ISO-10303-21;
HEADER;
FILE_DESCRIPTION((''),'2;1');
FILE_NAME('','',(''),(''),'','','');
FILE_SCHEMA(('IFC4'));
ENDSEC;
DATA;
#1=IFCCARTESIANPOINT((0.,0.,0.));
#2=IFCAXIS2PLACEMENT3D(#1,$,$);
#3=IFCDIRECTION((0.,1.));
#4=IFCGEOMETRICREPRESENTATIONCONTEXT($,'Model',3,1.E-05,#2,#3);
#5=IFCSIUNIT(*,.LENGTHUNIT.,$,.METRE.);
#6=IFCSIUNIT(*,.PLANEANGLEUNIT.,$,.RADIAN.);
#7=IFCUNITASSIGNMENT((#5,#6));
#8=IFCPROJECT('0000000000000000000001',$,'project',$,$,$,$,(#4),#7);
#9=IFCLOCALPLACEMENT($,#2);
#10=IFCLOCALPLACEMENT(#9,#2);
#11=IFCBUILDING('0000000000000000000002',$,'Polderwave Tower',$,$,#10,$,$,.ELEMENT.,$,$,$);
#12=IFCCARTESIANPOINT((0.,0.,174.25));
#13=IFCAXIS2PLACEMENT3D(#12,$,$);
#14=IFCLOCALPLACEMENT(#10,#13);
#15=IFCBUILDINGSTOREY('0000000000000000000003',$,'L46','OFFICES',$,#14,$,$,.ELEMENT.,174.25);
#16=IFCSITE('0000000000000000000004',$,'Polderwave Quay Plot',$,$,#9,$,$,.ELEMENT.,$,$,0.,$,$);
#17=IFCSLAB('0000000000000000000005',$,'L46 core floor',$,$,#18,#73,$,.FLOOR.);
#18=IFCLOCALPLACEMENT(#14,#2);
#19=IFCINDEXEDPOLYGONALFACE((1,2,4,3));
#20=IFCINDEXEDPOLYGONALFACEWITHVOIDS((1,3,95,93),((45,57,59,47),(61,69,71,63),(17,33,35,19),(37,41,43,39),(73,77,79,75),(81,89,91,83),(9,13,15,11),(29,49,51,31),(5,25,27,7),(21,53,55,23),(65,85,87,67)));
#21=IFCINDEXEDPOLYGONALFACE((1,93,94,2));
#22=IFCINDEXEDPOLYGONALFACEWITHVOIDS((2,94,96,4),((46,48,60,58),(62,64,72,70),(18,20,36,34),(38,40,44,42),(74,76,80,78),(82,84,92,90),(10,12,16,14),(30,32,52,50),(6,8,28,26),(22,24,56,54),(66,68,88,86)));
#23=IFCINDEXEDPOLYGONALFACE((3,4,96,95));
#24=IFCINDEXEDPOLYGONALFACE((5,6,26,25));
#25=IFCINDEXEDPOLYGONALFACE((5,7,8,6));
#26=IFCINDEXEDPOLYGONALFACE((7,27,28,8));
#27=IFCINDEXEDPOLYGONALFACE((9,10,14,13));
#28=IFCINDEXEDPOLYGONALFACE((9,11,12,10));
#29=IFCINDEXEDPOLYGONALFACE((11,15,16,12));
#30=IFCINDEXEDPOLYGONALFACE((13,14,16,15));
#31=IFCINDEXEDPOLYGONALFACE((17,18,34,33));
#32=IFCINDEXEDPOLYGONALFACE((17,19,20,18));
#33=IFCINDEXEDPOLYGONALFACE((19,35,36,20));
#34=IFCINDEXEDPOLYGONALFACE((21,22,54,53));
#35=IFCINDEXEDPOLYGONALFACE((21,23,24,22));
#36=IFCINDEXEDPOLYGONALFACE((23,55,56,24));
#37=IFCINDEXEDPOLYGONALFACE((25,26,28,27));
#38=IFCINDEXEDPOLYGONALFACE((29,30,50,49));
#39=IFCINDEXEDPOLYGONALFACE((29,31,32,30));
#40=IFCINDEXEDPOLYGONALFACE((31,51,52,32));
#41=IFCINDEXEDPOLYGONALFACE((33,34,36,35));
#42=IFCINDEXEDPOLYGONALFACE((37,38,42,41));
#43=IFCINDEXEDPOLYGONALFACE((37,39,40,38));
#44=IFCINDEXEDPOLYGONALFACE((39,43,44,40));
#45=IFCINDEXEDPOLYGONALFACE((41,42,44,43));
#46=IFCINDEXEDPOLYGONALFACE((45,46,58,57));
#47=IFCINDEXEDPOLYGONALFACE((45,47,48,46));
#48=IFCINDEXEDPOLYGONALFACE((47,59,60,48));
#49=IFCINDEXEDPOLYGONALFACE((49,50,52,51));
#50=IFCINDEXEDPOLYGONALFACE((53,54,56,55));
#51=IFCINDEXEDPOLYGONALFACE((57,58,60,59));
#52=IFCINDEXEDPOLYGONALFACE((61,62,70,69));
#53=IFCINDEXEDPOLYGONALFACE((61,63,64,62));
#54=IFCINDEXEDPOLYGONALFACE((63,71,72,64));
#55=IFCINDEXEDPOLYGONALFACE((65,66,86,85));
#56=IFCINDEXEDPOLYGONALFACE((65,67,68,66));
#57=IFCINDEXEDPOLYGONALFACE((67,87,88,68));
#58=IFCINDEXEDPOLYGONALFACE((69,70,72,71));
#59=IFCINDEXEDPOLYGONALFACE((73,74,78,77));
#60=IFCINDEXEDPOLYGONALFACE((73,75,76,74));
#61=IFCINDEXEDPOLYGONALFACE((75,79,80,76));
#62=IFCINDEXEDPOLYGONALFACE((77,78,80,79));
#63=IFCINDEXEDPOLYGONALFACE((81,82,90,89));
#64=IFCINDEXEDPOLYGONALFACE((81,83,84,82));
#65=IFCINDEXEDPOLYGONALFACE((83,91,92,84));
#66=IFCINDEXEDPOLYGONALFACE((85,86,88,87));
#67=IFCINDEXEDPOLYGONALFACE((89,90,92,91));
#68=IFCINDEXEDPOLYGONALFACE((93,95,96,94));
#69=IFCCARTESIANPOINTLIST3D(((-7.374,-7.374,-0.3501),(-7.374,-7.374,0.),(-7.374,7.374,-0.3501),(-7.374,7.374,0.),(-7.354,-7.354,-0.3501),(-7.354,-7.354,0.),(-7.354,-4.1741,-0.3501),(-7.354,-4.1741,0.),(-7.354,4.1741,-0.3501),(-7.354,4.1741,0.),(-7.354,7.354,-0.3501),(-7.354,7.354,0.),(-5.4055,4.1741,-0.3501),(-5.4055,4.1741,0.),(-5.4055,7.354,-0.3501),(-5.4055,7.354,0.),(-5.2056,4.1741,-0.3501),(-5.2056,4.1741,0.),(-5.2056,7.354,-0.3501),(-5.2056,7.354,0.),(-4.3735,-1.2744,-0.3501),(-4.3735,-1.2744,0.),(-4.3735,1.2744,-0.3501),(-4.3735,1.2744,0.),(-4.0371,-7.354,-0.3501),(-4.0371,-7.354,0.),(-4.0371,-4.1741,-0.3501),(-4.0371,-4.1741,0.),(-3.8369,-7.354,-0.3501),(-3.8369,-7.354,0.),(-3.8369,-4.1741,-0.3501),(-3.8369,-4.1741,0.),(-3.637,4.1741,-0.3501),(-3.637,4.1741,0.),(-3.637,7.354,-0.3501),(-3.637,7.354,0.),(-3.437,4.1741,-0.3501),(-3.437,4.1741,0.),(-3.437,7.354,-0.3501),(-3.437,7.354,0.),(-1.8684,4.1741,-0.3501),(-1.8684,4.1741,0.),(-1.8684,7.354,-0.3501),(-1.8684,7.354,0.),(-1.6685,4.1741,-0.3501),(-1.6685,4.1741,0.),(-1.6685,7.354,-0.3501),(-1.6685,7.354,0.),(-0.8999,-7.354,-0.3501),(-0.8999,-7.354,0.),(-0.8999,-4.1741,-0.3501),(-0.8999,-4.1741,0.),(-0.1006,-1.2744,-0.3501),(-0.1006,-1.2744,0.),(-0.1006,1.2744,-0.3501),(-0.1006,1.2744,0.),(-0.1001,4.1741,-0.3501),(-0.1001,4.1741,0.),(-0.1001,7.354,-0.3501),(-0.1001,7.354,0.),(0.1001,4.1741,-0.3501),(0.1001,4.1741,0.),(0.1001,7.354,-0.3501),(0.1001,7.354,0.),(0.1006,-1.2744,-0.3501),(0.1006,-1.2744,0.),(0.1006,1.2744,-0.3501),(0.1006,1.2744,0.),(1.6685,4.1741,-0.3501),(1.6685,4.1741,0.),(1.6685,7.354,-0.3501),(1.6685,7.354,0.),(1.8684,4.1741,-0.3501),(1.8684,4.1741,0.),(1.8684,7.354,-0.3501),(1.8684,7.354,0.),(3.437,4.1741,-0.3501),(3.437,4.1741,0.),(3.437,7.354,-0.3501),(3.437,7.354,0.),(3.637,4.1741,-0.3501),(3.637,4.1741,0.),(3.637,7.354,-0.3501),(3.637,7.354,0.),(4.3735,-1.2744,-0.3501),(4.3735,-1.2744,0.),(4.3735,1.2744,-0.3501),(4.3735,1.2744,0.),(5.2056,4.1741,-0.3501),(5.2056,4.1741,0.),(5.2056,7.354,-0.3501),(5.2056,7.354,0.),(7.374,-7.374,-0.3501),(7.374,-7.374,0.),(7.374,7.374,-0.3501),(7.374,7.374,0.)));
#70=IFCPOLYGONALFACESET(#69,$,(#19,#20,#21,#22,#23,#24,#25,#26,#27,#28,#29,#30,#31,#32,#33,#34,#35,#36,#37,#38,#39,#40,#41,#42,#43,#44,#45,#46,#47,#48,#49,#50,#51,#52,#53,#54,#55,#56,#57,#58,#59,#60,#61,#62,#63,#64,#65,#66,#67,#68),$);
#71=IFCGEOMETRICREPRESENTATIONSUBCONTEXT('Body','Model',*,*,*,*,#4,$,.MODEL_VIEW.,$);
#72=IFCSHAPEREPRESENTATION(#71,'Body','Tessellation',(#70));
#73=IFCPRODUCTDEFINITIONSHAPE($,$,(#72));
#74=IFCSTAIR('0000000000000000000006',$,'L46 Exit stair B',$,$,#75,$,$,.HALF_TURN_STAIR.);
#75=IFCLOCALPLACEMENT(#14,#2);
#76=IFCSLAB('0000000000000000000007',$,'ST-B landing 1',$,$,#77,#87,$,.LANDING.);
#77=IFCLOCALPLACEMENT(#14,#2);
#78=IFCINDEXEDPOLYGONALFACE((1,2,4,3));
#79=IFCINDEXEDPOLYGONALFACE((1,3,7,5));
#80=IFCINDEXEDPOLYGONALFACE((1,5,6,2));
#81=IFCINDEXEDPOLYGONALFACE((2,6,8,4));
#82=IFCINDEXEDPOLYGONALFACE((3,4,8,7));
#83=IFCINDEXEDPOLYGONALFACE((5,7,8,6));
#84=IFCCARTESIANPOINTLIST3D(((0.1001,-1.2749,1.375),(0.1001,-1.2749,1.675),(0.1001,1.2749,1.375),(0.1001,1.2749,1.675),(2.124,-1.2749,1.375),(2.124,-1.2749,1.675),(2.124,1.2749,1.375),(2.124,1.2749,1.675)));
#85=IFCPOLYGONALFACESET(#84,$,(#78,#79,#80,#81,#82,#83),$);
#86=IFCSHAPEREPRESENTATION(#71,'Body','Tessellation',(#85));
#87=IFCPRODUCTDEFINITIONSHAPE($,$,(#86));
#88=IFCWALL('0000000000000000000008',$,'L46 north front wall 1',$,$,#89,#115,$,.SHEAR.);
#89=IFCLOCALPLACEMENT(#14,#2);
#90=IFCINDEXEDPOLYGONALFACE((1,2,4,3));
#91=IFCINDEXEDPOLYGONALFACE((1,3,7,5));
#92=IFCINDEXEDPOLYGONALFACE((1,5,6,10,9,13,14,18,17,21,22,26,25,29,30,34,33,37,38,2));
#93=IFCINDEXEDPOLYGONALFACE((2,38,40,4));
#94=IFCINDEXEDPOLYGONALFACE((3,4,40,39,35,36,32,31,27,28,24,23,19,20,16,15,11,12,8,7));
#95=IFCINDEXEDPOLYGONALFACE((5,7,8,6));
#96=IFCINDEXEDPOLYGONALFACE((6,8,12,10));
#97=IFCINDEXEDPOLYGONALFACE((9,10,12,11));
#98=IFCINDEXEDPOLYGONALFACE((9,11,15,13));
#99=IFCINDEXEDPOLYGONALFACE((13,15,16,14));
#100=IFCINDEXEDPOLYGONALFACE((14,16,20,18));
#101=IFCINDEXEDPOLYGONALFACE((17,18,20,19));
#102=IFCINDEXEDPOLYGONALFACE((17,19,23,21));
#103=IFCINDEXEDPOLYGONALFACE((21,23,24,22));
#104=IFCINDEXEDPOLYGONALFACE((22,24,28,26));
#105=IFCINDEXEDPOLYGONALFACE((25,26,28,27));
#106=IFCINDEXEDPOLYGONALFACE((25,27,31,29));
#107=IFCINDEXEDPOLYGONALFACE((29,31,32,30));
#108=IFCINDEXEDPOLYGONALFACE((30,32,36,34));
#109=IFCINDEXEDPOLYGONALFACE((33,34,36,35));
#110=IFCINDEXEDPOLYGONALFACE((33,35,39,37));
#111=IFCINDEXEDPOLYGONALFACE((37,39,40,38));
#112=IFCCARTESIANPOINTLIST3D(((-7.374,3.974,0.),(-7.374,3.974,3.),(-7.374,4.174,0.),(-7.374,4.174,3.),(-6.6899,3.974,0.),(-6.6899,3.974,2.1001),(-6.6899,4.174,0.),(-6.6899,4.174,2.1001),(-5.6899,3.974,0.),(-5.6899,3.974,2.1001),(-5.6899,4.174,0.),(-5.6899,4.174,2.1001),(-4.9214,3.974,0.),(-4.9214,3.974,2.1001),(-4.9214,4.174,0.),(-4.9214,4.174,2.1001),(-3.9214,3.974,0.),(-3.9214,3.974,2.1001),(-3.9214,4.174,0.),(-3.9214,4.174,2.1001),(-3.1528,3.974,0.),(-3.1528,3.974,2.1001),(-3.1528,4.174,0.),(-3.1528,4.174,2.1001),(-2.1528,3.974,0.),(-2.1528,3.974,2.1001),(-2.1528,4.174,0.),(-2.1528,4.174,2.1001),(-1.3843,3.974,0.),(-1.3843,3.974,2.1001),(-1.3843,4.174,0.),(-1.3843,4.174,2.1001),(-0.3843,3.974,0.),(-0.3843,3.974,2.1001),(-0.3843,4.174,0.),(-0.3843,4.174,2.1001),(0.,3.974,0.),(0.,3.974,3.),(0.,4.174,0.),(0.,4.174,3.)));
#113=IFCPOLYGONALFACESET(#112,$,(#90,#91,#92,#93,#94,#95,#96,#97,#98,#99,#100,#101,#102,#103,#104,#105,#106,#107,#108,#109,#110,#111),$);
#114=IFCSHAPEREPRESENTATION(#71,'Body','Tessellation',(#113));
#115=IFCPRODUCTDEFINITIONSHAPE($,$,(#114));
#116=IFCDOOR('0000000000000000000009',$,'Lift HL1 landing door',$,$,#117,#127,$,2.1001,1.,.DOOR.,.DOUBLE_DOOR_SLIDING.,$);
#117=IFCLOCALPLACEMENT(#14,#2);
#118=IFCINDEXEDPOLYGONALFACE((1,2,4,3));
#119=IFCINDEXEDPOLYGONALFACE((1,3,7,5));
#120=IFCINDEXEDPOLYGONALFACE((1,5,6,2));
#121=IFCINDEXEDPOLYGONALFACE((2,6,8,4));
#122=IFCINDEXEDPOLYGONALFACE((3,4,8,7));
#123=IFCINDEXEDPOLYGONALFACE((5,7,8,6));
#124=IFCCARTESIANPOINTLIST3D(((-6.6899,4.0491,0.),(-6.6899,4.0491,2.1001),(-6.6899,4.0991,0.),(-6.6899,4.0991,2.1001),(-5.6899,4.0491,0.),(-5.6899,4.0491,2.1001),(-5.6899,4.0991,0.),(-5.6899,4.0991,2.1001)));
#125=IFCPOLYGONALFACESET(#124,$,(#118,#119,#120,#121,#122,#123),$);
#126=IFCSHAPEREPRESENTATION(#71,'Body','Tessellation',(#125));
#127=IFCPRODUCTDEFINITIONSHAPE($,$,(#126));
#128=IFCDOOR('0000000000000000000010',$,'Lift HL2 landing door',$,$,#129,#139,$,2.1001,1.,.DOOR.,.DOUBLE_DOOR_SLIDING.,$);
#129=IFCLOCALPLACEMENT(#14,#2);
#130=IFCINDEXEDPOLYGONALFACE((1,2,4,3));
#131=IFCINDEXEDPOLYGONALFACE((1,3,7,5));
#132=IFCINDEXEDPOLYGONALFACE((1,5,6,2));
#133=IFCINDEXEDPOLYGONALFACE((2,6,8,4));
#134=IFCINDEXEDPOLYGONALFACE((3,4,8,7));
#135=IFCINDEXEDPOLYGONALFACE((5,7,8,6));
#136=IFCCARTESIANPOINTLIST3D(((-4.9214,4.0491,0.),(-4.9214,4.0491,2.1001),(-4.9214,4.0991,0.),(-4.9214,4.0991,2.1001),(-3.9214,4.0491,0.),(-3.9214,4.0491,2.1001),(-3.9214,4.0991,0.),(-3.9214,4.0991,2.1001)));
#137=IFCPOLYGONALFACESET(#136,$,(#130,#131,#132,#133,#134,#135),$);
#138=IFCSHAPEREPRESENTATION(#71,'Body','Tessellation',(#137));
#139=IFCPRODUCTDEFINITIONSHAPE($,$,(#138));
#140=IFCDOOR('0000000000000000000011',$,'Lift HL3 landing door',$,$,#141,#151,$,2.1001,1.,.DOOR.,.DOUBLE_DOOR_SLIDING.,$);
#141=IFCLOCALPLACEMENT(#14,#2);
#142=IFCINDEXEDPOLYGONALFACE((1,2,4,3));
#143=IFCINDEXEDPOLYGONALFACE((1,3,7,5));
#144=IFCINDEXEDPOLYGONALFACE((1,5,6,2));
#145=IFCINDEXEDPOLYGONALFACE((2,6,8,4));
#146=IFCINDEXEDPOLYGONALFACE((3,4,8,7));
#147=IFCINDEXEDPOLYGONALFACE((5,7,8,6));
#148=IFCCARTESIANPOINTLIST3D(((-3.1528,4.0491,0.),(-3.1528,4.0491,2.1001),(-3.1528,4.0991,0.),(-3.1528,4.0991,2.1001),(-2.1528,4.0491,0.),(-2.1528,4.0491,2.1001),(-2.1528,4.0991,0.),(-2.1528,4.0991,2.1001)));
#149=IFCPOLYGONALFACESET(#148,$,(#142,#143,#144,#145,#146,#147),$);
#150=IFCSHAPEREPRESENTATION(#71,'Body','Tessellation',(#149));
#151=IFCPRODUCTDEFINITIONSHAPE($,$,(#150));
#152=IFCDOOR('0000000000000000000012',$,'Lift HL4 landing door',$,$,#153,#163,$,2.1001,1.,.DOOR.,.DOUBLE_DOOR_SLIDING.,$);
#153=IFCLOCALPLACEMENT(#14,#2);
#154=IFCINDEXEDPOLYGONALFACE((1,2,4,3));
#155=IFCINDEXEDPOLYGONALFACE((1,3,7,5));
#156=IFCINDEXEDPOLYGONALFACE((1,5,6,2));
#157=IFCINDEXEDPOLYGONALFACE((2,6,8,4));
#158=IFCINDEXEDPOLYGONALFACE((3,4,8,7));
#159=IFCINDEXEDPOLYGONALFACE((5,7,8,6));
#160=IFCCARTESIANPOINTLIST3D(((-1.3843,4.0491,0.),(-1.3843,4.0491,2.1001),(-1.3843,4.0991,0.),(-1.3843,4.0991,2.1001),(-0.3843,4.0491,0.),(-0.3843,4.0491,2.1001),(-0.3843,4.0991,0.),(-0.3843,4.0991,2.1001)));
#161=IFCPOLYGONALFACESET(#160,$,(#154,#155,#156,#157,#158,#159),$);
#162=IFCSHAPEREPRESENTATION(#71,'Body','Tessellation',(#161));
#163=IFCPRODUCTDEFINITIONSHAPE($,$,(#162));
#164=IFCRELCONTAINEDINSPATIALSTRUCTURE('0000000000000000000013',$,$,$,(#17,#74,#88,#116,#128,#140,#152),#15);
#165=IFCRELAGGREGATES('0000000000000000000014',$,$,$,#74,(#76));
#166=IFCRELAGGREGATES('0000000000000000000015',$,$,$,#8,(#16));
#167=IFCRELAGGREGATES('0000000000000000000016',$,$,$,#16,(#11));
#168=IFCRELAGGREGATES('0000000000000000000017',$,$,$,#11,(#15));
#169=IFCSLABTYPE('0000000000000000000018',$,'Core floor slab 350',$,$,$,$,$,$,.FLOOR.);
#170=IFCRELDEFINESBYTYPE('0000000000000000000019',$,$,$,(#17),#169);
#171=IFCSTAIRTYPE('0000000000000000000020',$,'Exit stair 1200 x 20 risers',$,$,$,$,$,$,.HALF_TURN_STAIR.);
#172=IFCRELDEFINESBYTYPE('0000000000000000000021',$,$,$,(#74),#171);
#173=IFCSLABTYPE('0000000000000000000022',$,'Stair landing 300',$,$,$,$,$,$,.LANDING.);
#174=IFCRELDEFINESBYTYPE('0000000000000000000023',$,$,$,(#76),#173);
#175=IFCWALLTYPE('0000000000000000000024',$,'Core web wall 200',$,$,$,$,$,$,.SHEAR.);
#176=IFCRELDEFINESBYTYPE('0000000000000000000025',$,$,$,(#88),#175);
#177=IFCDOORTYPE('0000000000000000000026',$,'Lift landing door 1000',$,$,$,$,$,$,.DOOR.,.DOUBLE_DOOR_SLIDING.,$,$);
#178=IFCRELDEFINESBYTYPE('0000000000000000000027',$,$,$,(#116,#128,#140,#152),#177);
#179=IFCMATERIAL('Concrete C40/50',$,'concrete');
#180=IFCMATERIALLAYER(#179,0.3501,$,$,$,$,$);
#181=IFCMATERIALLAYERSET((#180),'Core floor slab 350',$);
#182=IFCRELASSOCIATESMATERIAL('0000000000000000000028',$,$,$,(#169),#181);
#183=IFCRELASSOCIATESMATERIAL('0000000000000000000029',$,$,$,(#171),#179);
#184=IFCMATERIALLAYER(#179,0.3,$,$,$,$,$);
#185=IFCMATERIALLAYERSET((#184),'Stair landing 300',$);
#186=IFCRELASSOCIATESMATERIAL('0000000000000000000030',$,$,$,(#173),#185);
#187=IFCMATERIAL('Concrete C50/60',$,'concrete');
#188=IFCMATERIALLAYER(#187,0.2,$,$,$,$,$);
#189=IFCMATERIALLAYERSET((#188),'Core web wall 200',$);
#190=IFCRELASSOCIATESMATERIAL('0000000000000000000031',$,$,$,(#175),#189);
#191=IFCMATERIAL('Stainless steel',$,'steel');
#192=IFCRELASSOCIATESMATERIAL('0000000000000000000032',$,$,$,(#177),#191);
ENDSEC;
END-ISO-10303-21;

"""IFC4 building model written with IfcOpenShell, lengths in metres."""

from ifc_helpers import new_model, si_unit, direction, frame, frame_2d, origin, place, context, subcontext, project, spatial, polyline, rectangle, outline, extrude, material, layer, layer_set, type_object, element, fill, aggregate, save


model = new_model("IFC4")

# Units and contexts
model_context = context("Model", 3, precision=1e-05, world=origin(), true_north=direction((0.0, 1.0)))
body_context = subcontext(model_context, "Body", "Model", "MODEL_VIEW")
ifc_project = project(units=[si_unit("LENGTHUNIT", "METRE"), si_unit("PLANEANGLEUNIT", "RADIAN")], contexts=[model_context])

# Site, building, storey
site_placement = place(None, origin())
site = spatial("IfcSite", under=ifc_project, at=site_placement, Name="Polderwave Quay Plot", CompositionType="ELEMENT", RefElevation=0.0)
building_placement = place(site_placement, origin())
building = spatial("IfcBuilding", under=site, at=building_placement, Name="Polderwave Tower", CompositionType="ELEMENT")
storey_placement = place(building_placement, frame((0.0, 0.0, 174.25)))
storey = spatial("IfcBuildingStorey", under=building, at=storey_placement, Name="L46", Description="OFFICES", CompositionType="ELEMENT", Elevation=174.25)

# Slab
ifc_material_1 = material(Name="Concrete C40/50", Category="concrete")
ifc_layer_1 = layer(ifc_material_1, 0.3501)
ifc_layer_set_1 = layer_set([ifc_layer_1], Name="Core floor slab 350")
slab_type_1 = type_object("IfcSlabType", Name="Core floor slab 350", PredefinedType="FLOOR", material=ifc_layer_set_1)
slab_1_placement = place(storey_placement, frame((0.0, 0.0, -0.3501)))
element("IfcSlab", 1, at=slab_1_placement, inside=storey, type_object=slab_type_1, Name="L46 core floor", PredefinedType="FLOOR", context=body_context, shape_type="SweptSolid", body=[
    extrude(outline(polyline([(-7.374, -7.374), (7.374, -7.374), (7.374, 7.374), (-7.374, 7.374), (-7.374, -7.374)]), holes=[polyline([(-7.354, -7.354), (-4.0371, -7.354), (-4.0371, -4.1741), (-7.354, -4.1741), (-7.354, -7.354)]), polyline([(-3.8369, -7.354), (-0.8999, -7.354), (-0.8999, -4.1741), (-3.8369, -4.1741), (-3.8369, -7.354)]), polyline([(-7.354, 4.1741), (-5.4055, 4.1741), (-5.4055, 7.354), (-7.354, 7.354), (-7.354, 4.1741)]), polyline([(-5.2056, 4.1741), (-3.637, 4.1741), (-3.637, 7.354), (-5.2056, 7.354), (-5.2056, 4.1741)]), polyline([(-3.437, 4.1741), (-1.8684, 4.1741), (-1.8684, 7.354), (-3.437, 7.354), (-3.437, 4.1741)]), polyline([(-1.6685, 4.1741), (-0.1001, 4.1741), (-0.1001, 7.354), (-1.6685, 7.354), (-1.6685, 4.1741)]), polyline([(0.1001, 4.1741), (1.6685, 4.1741), (1.6685, 7.354), (0.1001, 7.354), (0.1001, 4.1741)]), polyline([(1.8684, 4.1741), (3.437, 4.1741), (3.437, 7.354), (1.8684, 7.354), (1.8684, 4.1741)]), polyline([(3.637, 4.1741), (5.2056, 4.1741), (5.2056, 7.354), (3.637, 7.354), (3.637, 4.1741)]), polyline([(-4.3735, -1.2744), (-0.1006, -1.2744), (-0.1006, 1.2744), (-4.3735, 1.2744), (-4.3735, -1.2744)]), polyline([(0.1006, -1.2744), (4.3735, -1.2744), (4.3735, 1.2744), (0.1006, 1.2744), (0.1006, -1.2744)])]), origin(), (0.0, 0.0, 1.0), 0.3501),
])

# Stair, slab
stair_type = type_object("IfcStairType", Name="Exit stair 1200 x 20 risers", PredefinedType="HALF_TURN_STAIR", material=ifc_material_1)
stair_1_placement = place(storey_placement, origin())
stair_1 = element("IfcStair", 2, at=stair_1_placement, inside=storey, type_object=stair_type, Name="L46 Exit stair B", PredefinedType="HALF_TURN_STAIR")
ifc_layer_2 = layer(ifc_material_1, 0.3)
ifc_layer_set_2 = layer_set([ifc_layer_2], Name="Stair landing 300")
slab_type_2 = type_object("IfcSlabType", Name="Stair landing 300", PredefinedType="LANDING", material=ifc_layer_set_2)
slab_2_placement = place(storey_placement, frame((0.0, 0.0, 1.375)))
slab_2 = element("IfcSlab", 3, at=slab_2_placement, type_object=slab_type_2, Name="ST-B landing 1", PredefinedType="LANDING", context=body_context, shape_type="SweptSolid", body=[
    extrude(outline(polyline([(2.124, 1.2749), (0.1001, 1.2749), (0.1001, -1.2749), (2.124, -1.2749), (2.124, 1.2749)])), origin(), (0.0, 0.0, 1.0), 0.3),
])
aggregate(stair_1, [slab_2])

# Wall, openings, doors
ifc_material_2 = material(Name="Concrete C50/60", Category="concrete")
ifc_layer_3 = layer(ifc_material_2, 0.2)
ifc_layer_set_3 = layer_set([ifc_layer_3], Name="Core web wall 200")
wall_type_1 = type_object("IfcWallType", Name="Core web wall 200", PredefinedType="SHEAR", material=ifc_layer_set_3)
wall_1_placement = place(storey_placement, frame((-7.374, 4.074, 0.0), z_axis=(0.0, 0.0, 1.0), x_axis=(1.0, 0.0, 0.0)))
wall_1 = element("IfcWall", 4, at=wall_1_placement, inside=storey, type_object=wall_type_1, Name="L46 north front wall 1", PredefinedType="SHEAR", context=body_context, shape_type="SweptSolid", body=[
    extrude(rectangle(XDim=7.374, YDim=0.2, at=frame_2d((3.687, 0.0))), origin(), (0.0, 0.0, 1.0), 3.0),
])
opening_1_placement = place(wall_1_placement, frame((0.6841, 0.0, 0.0)))
opening_1 = element("IfcOpeningElement", 5, at=opening_1_placement, cuts=wall_1, PredefinedType="OPENING", context=body_context, shape_type="SweptSolid", body=[
    extrude(rectangle(XDim=1.0, YDim=2.1001, at=frame_2d((0.5, 1.05))), frame((0.0, 0.1099, 0.0), z_axis=(0.0, -1.0, 0.0), x_axis=(1.0, 0.0, 0.0)), (0.0, 0.0, 1.0), 0.22),
])
opening_2_placement = place(wall_1_placement, frame((2.4526, 0.0, 0.0)))
opening_2 = element("IfcOpeningElement", 6, at=opening_2_placement, cuts=wall_1, PredefinedType="OPENING", context=body_context, shape_type="SweptSolid", body=[
    extrude(rectangle(XDim=1.0, YDim=2.1001, at=frame_2d((0.5, 1.05))), frame((0.0, 0.1099, 0.0), z_axis=(0.0, -1.0, 0.0), x_axis=(1.0, 0.0, 0.0)), (0.0, 0.0, 1.0), 0.22),
])
opening_3_placement = place(wall_1_placement, frame((4.2212, 0.0, 0.0)))
opening_3 = element("IfcOpeningElement", 7, at=opening_3_placement, cuts=wall_1, PredefinedType="OPENING", context=body_context, shape_type="SweptSolid", body=[
    extrude(rectangle(XDim=1.0, YDim=2.1001, at=frame_2d((0.5, 1.05))), frame((0.0, 0.1099, 0.0), z_axis=(0.0, -1.0, 0.0), x_axis=(1.0, 0.0, 0.0)), (0.0, 0.0, 1.0), 0.22),
])
opening_4_placement = place(wall_1_placement, frame((5.9897, 0.0, 0.0)))
opening_4 = element("IfcOpeningElement", 8, at=opening_4_placement, cuts=wall_1, PredefinedType="OPENING", context=body_context, shape_type="SweptSolid", body=[
    extrude(rectangle(XDim=1.0, YDim=2.1001, at=frame_2d((0.5, 1.05))), frame((0.0, 0.1099, 0.0), z_axis=(0.0, -1.0, 0.0), x_axis=(1.0, 0.0, 0.0)), (0.0, 0.0, 1.0), 0.22),
])
ifc_material_3 = material(Name="Stainless steel", Category="steel")
door_type_1 = type_object("IfcDoorType", Name="Lift landing door 1000", OperationType="DOUBLE_DOOR_SLIDING", PredefinedType="DOOR", material=ifc_material_3)
door_1_placement = place(opening_1_placement, frame((1.0, 0.0, 0.0), z_axis=(0.0, 0.0, 1.0), x_axis=(-1.0, 0.0, 0.0)))
door_1 = element("IfcDoor", 9, at=door_1_placement, inside=storey, type_object=door_type_1, Name="Lift HL1 landing door", OperationType="DOUBLE_DOOR_SLIDING", OverallHeight=2.1001, OverallWidth=1.0, PredefinedType="DOOR", context=body_context, shape_type="SweptSolid", body=[
    extrude(rectangle(XDim=1.0, YDim=2.1001, at=frame_2d((0.5, 1.05))), frame((0.0, 0.0249, 0.0), z_axis=(0.0, -1.0, 0.0), x_axis=(1.0, 0.0, 0.0)), (0.0, 0.0, 1.0), 0.05),
])
fill(opening_1, door_1)
door_2_placement = place(opening_2_placement, frame((1.0, 0.0, 0.0), z_axis=(0.0, 0.0, 1.0), x_axis=(-1.0, 0.0, 0.0)))
door_2 = element("IfcDoor", 10, at=door_2_placement, inside=storey, type_object=door_type_1, Name="Lift HL2 landing door", OperationType="DOUBLE_DOOR_SLIDING", OverallHeight=2.1001, OverallWidth=1.0, PredefinedType="DOOR", context=body_context, shape_type="SweptSolid", body=[
    extrude(rectangle(XDim=1.0, YDim=2.1001, at=frame_2d((0.5, 1.05))), frame((0.0, 0.0249, 0.0), z_axis=(0.0, -1.0, 0.0), x_axis=(1.0, 0.0, 0.0)), (0.0, 0.0, 1.0), 0.05),
])
fill(opening_2, door_2)
door_3_placement = place(opening_3_placement, frame((1.0, 0.0, 0.0), z_axis=(0.0, 0.0, 1.0), x_axis=(-1.0, 0.0, 0.0)))
door_3 = element("IfcDoor", 11, at=door_3_placement, inside=storey, type_object=door_type_1, Name="Lift HL3 landing door", OperationType="DOUBLE_DOOR_SLIDING", OverallHeight=2.1001, OverallWidth=1.0, PredefinedType="DOOR", context=body_context, shape_type="SweptSolid", body=[
    extrude(rectangle(XDim=1.0, YDim=2.1001, at=frame_2d((0.5, 1.05))), frame((0.0, 0.0249, 0.0), z_axis=(0.0, -1.0, 0.0), x_axis=(1.0, 0.0, 0.0)), (0.0, 0.0, 1.0), 0.05),
])
fill(opening_3, door_3)
door_4_placement = place(opening_4_placement, frame((1.0, 0.0, 0.0), z_axis=(0.0, 0.0, 1.0), x_axis=(-1.0, 0.0, 0.0)))
door_4 = element("IfcDoor", 12, at=door_4_placement, inside=storey, type_object=door_type_1, Name="Lift HL4 landing door", OperationType="DOUBLE_DOOR_SLIDING", OverallHeight=2.1001, OverallWidth=1.0, PredefinedType="DOOR", context=body_context, shape_type="SweptSolid", body=[
    extrude(rectangle(XDim=1.0, YDim=2.1001, at=frame_2d((0.5, 1.05))), frame((0.0, 0.0249, 0.0), z_axis=(0.0, -1.0, 0.0), x_axis=(1.0, 0.0, 0.0)), (0.0, 0.0, 1.0), 0.05),
])
fill(opening_4, door_4)

save(model, "model.ifc")
